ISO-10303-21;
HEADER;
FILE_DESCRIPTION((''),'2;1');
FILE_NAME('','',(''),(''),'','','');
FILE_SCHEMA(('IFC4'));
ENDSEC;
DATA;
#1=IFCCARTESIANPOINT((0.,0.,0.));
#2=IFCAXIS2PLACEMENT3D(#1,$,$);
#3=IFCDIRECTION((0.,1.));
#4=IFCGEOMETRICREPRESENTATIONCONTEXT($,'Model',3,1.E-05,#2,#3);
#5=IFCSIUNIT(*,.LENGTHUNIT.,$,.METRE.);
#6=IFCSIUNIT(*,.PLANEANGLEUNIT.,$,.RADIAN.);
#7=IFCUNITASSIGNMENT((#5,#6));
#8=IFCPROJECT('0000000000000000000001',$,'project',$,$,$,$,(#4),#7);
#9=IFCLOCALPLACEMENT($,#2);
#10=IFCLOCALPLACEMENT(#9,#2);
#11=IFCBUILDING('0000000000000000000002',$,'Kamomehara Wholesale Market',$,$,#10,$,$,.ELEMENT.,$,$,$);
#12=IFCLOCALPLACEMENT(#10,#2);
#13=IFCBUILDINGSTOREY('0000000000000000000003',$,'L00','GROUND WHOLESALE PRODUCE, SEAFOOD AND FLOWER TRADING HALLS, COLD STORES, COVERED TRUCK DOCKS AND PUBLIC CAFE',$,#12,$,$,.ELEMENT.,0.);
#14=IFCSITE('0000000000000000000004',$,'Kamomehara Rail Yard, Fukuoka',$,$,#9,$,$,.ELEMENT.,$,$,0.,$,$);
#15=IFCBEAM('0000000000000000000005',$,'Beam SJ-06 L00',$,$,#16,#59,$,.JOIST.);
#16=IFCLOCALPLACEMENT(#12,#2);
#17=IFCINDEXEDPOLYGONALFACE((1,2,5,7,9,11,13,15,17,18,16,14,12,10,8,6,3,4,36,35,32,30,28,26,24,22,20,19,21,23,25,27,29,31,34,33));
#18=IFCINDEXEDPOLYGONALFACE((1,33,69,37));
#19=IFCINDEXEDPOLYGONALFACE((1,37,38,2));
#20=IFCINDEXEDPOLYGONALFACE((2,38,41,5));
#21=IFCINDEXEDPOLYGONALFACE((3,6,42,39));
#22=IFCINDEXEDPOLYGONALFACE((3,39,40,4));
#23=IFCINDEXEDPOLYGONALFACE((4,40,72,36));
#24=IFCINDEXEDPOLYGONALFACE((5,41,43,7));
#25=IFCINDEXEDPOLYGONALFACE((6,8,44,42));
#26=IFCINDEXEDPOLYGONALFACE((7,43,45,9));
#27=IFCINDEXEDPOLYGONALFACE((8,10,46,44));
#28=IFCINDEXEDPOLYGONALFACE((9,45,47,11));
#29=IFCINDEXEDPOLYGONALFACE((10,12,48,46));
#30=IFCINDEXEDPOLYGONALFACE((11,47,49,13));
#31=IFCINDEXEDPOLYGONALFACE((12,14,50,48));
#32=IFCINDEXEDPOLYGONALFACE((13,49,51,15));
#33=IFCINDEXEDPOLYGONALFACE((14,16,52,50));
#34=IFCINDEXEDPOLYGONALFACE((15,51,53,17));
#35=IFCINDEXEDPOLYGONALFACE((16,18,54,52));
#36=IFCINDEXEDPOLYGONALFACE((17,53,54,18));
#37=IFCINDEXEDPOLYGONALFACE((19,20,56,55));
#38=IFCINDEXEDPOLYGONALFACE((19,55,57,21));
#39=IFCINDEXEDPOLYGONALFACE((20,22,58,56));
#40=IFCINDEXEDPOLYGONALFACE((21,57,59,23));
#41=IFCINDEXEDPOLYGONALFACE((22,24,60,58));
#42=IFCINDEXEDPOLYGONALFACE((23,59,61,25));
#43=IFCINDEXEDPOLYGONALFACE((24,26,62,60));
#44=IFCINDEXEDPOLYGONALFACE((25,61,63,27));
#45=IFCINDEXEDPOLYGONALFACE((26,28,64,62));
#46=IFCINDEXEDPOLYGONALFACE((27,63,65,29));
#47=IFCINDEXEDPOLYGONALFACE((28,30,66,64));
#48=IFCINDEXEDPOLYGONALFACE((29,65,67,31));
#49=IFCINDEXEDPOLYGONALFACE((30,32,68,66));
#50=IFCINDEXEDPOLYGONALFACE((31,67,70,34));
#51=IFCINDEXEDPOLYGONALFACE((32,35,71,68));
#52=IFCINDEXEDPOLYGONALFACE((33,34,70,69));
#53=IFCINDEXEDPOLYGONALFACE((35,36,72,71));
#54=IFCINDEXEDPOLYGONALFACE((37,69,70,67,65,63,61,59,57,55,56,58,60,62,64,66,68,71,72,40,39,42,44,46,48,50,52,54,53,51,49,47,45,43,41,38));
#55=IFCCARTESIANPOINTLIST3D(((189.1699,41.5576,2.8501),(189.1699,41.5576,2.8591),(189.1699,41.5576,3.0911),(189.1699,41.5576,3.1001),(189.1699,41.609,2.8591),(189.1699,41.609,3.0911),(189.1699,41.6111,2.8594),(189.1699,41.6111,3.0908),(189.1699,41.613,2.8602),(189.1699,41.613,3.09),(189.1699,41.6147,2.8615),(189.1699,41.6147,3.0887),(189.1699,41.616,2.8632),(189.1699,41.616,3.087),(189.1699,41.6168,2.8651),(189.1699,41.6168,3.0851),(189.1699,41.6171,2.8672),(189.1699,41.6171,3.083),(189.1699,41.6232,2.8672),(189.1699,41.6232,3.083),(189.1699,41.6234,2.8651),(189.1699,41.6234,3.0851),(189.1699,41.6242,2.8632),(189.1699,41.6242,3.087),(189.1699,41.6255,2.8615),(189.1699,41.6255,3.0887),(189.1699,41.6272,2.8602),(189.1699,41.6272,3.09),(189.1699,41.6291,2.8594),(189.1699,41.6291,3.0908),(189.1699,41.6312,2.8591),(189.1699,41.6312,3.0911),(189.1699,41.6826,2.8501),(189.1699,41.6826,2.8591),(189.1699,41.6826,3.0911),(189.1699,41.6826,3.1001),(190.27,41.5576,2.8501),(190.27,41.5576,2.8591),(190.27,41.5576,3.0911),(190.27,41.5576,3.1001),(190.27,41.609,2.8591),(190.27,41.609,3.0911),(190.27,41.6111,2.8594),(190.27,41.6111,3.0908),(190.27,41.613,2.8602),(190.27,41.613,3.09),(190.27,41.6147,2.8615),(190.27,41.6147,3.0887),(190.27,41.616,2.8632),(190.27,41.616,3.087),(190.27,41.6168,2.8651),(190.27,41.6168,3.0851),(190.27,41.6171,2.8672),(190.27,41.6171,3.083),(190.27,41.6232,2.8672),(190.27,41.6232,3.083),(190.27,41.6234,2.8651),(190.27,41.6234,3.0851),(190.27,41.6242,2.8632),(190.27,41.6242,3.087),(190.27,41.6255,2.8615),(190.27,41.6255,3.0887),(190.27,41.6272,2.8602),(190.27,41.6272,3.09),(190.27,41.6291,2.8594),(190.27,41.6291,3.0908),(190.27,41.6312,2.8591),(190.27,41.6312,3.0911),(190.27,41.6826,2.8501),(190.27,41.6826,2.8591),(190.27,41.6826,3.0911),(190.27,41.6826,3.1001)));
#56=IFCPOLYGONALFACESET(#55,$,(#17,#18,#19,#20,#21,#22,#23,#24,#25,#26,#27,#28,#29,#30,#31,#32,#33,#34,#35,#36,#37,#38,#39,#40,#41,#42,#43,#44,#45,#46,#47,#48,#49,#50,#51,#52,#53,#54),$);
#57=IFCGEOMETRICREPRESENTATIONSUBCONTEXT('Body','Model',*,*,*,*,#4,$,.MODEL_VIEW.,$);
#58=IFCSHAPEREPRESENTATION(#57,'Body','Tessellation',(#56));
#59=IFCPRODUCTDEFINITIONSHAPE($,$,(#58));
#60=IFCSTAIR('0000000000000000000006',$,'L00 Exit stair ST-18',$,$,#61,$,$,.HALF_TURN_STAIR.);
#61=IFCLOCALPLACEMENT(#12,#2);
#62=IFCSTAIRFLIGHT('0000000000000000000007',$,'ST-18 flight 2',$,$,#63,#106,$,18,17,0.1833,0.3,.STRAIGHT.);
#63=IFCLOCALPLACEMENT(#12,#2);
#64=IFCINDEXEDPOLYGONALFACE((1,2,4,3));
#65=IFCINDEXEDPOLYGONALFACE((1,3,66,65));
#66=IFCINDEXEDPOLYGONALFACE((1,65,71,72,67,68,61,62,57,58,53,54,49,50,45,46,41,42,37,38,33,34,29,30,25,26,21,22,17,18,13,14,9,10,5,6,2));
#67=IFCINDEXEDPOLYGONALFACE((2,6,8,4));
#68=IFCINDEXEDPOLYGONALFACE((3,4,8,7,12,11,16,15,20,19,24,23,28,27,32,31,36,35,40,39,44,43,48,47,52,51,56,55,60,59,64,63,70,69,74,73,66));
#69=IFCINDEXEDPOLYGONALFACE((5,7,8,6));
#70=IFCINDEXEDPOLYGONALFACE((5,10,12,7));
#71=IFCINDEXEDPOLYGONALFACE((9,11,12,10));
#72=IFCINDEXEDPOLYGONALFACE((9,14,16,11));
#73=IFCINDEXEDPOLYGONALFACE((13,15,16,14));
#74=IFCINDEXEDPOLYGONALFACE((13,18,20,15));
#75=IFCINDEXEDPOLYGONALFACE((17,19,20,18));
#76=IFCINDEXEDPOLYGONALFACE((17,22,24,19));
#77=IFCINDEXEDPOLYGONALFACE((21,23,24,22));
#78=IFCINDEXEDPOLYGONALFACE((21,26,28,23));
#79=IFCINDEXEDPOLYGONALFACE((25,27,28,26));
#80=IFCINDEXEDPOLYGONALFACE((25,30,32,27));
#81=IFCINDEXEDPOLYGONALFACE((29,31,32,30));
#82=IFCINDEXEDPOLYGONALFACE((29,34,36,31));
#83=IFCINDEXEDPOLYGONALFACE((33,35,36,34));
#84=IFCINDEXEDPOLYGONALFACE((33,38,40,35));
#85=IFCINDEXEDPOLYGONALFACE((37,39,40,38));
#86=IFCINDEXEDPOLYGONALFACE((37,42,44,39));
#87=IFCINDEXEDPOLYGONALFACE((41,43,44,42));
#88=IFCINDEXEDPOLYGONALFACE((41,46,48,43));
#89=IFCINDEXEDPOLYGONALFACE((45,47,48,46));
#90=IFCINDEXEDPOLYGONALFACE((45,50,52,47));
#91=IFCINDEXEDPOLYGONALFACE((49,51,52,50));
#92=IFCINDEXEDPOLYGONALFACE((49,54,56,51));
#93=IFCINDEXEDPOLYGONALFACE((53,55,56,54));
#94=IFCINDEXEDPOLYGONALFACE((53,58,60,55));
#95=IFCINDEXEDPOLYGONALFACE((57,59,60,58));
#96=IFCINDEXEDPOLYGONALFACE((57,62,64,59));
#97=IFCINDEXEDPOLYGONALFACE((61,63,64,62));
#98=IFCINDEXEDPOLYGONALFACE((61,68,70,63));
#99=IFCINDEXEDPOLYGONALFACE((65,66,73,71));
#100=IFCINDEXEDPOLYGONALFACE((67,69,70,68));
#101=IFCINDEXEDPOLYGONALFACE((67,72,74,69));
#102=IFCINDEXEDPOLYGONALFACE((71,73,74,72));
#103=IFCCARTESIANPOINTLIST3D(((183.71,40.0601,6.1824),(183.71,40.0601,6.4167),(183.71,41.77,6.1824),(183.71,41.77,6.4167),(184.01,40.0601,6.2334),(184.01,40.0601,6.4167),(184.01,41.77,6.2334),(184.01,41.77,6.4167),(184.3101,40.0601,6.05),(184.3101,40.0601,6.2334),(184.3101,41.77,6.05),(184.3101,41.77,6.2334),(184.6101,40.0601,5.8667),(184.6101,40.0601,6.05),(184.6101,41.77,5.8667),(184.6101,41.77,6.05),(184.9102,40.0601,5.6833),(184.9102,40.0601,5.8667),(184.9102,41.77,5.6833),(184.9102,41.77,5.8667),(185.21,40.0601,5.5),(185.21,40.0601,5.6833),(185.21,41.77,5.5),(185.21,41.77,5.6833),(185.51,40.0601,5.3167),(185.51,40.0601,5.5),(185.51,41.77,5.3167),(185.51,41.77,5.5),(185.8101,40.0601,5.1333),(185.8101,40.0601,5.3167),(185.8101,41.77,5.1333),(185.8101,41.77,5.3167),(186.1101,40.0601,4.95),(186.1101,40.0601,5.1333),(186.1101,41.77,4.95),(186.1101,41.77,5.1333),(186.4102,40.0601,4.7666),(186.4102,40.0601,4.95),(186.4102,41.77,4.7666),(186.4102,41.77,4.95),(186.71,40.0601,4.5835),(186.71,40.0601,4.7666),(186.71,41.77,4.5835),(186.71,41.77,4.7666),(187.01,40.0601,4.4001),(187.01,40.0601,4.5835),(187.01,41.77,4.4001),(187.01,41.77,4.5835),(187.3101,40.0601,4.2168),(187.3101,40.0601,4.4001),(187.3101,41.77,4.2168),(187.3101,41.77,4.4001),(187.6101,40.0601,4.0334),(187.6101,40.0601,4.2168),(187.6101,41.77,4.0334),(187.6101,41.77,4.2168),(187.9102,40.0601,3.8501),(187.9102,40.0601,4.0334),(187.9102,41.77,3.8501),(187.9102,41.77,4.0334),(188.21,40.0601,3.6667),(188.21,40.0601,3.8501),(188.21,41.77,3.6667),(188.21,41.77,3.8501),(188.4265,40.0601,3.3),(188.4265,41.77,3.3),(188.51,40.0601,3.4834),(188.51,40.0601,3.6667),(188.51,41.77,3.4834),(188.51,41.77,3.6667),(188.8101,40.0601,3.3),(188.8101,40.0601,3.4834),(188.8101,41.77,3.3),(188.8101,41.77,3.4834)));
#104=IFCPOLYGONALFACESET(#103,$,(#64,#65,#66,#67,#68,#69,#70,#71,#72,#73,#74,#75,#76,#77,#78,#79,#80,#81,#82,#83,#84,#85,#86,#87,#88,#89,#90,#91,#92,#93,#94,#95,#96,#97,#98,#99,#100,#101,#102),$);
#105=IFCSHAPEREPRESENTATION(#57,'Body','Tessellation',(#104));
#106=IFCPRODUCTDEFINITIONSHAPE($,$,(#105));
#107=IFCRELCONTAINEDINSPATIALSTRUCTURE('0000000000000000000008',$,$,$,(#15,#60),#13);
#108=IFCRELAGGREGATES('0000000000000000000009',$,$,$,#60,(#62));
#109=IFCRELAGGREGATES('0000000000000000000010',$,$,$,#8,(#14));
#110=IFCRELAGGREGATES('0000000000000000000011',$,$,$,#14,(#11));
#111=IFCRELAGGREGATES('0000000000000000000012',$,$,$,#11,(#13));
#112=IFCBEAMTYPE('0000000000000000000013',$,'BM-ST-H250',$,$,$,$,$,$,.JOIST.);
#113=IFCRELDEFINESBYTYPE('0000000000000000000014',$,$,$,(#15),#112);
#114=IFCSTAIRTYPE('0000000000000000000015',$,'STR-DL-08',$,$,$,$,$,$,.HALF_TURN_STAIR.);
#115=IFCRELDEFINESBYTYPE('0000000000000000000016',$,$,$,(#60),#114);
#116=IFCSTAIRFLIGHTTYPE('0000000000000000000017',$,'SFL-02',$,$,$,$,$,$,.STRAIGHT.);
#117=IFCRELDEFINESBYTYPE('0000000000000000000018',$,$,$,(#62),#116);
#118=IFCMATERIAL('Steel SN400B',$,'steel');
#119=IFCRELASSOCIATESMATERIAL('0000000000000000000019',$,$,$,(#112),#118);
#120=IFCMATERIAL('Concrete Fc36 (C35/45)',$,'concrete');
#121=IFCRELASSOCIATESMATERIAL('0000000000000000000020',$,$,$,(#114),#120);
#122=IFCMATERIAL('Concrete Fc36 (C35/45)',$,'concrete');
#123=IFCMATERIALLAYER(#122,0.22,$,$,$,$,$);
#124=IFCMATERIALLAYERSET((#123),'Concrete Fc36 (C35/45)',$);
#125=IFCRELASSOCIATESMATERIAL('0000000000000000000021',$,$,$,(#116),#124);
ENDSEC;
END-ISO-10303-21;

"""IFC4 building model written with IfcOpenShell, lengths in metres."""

from ifc_helpers import new_model, si_unit, direction, frame, origin, origin_2d, place, context, subcontext, project, spatial, polyline, i_section, outline, extrude, material, layer, layer_set, material_profile, profile_set, type_object, element, aggregate, save


model = new_model("IFC4")

# Units and contexts
model_context = context("Model", 3, precision=1e-05, world=origin(), true_north=direction((0.0, 1.0)))
body_context = subcontext(model_context, "Body", "Model", "MODEL_VIEW")
ifc_project = project(units=[si_unit("LENGTHUNIT", "METRE"), si_unit("PLANEANGLEUNIT", "RADIAN")], contexts=[model_context])

# Site, building, storey
site_placement = place(None, origin())
site = spatial("IfcSite", under=ifc_project, at=site_placement, Name="Kamomehara Rail Yard, Fukuoka", CompositionType="ELEMENT", RefElevation=0.0)
building_placement = place(site_placement, origin())
building = spatial("IfcBuilding", under=site, at=building_placement, Name="Kamomehara Wholesale Market", CompositionType="ELEMENT")
storey_placement = place(building_placement, origin())
storey = spatial("IfcBuildingStorey", under=building, at=storey_placement, Name="L00", Description="GROUND WHOLESALE PRODUCE, SEAFOOD AND FLOWER TRADING HALLS, COLD STORES, COVERED TRUCK DOCKS AND PUBLIC CAFE", CompositionType="ELEMENT", Elevation=0.0)

# Beam
ifc_material_1 = material(Name="Steel SN400B", Category="steel")
ifc_material_profile_1 = material_profile(ifc_material_1, i_section(OverallWidth=0.125, OverallDepth=0.25, WebThickness=0.0061, FlangeThickness=0.009, FilletRadius=0.0081, at=origin_2d()), Name="H-250x125x6x9")
ifc_profile_set_1 = profile_set([ifc_material_profile_1], Name="Steel SN400B")
beam_type = type_object("IfcBeamType", Name="BM-ST-H250", PredefinedType="JOIST", material=ifc_profile_set_1)
beam_placement = place(storey_placement, frame((189.1699, 41.6201, 2.9751), z_axis=(1.0, 0.0, 0.0), x_axis=(0.0, 1.0, 0.0)))
element("IfcBeam", 1, at=beam_placement, inside=storey, type_object=beam_type, Name="Beam SJ-06 L00", PredefinedType="JOIST", context=body_context, shape_type="SweptSolid", body=[
    extrude(i_section(OverallWidth=0.125, OverallDepth=0.25, WebThickness=0.0061, FlangeThickness=0.009, FilletRadius=0.0081, at=origin_2d()), origin(), (0.0, 0.0, 1.0), 1.1001),
])

# Stair, stair flight
ifc_material_2 = material(Name="Concrete Fc36 (C35/45)", Category="concrete")
stair_type = type_object("IfcStairType", Name="STR-DL-08", PredefinedType="HALF_TURN_STAIR", material=ifc_material_2)
stair_placement = place(storey_placement, origin())
stair = element("IfcStair", 2, at=stair_placement, inside=storey, type_object=stair_type, Name="L00 Exit stair ST-18", PredefinedType="HALF_TURN_STAIR")
ifc_material_3 = material(Name="Concrete Fc36 (C35/45)", Category="concrete")
ifc_layer = layer(ifc_material_3, 0.22)
ifc_layer_set = layer_set([ifc_layer], Name="Concrete Fc36 (C35/45)")
stair_flight_type = type_object("IfcStairFlightType", Name="SFL-02", PredefinedType="STRAIGHT", material=ifc_layer_set)
stair_flight_placement = place(storey_placement, frame((188.8101, 40.915, 3.3), z_axis=(0.0, 0.0, 1.0), x_axis=(-1.0, 0.0, 0.0)))
stair_flight = element("IfcStairFlight", 3, at=stair_flight_placement, type_object=stair_flight_type, Name="ST-18 flight 2", NumberOfRisers=18, NumberOfTreads=17, PredefinedType="STRAIGHT", RiserHeight=0.1833, TreadLength=0.3, context=body_context, shape_type="SweptSolid", body=[
    extrude(outline(polyline([(0.0, 0.0), (0.0, 0.1833), (0.3, 0.1833), (0.3, 0.3667), (0.6001, 0.3667), (0.6001, 0.55), (0.8999, 0.55), (0.8999, 0.7334), (1.2, 0.7334), (1.2, 0.9167), (1.5, 0.9167), (1.5, 1.1001), (1.8, 1.1001), (1.8, 1.2834), (2.1001, 1.2834), (2.1001, 1.4666), (2.3999, 1.4666), (2.3999, 1.6499), (2.7, 1.6499), (2.7, 1.8333), (3.0, 1.8333), (3.0, 2.0166), (3.3, 2.0166), (3.3, 2.2), (3.6001, 2.2), (3.6001, 2.3833), (3.8999, 2.3833), (3.8999, 2.5667), (4.2, 2.5667), (4.2, 2.75), (4.5, 2.75), (4.5, 2.9333), (4.8, 2.9333), (4.8, 3.1167), (5.1001, 3.1167), (5.1001, 3.3), (5.1001, 2.8823), (0.3835, 0.0), (0.0, 0.0)])), frame((0.0, 0.855, 0.0), z_axis=(0.0, -1.0, 0.0), x_axis=(1.0, 0.0, 0.0)), (0.0, 0.0, 1.0), 1.71),
])
aggregate(stair, [stair_flight])

save(model, "model.ifc")
